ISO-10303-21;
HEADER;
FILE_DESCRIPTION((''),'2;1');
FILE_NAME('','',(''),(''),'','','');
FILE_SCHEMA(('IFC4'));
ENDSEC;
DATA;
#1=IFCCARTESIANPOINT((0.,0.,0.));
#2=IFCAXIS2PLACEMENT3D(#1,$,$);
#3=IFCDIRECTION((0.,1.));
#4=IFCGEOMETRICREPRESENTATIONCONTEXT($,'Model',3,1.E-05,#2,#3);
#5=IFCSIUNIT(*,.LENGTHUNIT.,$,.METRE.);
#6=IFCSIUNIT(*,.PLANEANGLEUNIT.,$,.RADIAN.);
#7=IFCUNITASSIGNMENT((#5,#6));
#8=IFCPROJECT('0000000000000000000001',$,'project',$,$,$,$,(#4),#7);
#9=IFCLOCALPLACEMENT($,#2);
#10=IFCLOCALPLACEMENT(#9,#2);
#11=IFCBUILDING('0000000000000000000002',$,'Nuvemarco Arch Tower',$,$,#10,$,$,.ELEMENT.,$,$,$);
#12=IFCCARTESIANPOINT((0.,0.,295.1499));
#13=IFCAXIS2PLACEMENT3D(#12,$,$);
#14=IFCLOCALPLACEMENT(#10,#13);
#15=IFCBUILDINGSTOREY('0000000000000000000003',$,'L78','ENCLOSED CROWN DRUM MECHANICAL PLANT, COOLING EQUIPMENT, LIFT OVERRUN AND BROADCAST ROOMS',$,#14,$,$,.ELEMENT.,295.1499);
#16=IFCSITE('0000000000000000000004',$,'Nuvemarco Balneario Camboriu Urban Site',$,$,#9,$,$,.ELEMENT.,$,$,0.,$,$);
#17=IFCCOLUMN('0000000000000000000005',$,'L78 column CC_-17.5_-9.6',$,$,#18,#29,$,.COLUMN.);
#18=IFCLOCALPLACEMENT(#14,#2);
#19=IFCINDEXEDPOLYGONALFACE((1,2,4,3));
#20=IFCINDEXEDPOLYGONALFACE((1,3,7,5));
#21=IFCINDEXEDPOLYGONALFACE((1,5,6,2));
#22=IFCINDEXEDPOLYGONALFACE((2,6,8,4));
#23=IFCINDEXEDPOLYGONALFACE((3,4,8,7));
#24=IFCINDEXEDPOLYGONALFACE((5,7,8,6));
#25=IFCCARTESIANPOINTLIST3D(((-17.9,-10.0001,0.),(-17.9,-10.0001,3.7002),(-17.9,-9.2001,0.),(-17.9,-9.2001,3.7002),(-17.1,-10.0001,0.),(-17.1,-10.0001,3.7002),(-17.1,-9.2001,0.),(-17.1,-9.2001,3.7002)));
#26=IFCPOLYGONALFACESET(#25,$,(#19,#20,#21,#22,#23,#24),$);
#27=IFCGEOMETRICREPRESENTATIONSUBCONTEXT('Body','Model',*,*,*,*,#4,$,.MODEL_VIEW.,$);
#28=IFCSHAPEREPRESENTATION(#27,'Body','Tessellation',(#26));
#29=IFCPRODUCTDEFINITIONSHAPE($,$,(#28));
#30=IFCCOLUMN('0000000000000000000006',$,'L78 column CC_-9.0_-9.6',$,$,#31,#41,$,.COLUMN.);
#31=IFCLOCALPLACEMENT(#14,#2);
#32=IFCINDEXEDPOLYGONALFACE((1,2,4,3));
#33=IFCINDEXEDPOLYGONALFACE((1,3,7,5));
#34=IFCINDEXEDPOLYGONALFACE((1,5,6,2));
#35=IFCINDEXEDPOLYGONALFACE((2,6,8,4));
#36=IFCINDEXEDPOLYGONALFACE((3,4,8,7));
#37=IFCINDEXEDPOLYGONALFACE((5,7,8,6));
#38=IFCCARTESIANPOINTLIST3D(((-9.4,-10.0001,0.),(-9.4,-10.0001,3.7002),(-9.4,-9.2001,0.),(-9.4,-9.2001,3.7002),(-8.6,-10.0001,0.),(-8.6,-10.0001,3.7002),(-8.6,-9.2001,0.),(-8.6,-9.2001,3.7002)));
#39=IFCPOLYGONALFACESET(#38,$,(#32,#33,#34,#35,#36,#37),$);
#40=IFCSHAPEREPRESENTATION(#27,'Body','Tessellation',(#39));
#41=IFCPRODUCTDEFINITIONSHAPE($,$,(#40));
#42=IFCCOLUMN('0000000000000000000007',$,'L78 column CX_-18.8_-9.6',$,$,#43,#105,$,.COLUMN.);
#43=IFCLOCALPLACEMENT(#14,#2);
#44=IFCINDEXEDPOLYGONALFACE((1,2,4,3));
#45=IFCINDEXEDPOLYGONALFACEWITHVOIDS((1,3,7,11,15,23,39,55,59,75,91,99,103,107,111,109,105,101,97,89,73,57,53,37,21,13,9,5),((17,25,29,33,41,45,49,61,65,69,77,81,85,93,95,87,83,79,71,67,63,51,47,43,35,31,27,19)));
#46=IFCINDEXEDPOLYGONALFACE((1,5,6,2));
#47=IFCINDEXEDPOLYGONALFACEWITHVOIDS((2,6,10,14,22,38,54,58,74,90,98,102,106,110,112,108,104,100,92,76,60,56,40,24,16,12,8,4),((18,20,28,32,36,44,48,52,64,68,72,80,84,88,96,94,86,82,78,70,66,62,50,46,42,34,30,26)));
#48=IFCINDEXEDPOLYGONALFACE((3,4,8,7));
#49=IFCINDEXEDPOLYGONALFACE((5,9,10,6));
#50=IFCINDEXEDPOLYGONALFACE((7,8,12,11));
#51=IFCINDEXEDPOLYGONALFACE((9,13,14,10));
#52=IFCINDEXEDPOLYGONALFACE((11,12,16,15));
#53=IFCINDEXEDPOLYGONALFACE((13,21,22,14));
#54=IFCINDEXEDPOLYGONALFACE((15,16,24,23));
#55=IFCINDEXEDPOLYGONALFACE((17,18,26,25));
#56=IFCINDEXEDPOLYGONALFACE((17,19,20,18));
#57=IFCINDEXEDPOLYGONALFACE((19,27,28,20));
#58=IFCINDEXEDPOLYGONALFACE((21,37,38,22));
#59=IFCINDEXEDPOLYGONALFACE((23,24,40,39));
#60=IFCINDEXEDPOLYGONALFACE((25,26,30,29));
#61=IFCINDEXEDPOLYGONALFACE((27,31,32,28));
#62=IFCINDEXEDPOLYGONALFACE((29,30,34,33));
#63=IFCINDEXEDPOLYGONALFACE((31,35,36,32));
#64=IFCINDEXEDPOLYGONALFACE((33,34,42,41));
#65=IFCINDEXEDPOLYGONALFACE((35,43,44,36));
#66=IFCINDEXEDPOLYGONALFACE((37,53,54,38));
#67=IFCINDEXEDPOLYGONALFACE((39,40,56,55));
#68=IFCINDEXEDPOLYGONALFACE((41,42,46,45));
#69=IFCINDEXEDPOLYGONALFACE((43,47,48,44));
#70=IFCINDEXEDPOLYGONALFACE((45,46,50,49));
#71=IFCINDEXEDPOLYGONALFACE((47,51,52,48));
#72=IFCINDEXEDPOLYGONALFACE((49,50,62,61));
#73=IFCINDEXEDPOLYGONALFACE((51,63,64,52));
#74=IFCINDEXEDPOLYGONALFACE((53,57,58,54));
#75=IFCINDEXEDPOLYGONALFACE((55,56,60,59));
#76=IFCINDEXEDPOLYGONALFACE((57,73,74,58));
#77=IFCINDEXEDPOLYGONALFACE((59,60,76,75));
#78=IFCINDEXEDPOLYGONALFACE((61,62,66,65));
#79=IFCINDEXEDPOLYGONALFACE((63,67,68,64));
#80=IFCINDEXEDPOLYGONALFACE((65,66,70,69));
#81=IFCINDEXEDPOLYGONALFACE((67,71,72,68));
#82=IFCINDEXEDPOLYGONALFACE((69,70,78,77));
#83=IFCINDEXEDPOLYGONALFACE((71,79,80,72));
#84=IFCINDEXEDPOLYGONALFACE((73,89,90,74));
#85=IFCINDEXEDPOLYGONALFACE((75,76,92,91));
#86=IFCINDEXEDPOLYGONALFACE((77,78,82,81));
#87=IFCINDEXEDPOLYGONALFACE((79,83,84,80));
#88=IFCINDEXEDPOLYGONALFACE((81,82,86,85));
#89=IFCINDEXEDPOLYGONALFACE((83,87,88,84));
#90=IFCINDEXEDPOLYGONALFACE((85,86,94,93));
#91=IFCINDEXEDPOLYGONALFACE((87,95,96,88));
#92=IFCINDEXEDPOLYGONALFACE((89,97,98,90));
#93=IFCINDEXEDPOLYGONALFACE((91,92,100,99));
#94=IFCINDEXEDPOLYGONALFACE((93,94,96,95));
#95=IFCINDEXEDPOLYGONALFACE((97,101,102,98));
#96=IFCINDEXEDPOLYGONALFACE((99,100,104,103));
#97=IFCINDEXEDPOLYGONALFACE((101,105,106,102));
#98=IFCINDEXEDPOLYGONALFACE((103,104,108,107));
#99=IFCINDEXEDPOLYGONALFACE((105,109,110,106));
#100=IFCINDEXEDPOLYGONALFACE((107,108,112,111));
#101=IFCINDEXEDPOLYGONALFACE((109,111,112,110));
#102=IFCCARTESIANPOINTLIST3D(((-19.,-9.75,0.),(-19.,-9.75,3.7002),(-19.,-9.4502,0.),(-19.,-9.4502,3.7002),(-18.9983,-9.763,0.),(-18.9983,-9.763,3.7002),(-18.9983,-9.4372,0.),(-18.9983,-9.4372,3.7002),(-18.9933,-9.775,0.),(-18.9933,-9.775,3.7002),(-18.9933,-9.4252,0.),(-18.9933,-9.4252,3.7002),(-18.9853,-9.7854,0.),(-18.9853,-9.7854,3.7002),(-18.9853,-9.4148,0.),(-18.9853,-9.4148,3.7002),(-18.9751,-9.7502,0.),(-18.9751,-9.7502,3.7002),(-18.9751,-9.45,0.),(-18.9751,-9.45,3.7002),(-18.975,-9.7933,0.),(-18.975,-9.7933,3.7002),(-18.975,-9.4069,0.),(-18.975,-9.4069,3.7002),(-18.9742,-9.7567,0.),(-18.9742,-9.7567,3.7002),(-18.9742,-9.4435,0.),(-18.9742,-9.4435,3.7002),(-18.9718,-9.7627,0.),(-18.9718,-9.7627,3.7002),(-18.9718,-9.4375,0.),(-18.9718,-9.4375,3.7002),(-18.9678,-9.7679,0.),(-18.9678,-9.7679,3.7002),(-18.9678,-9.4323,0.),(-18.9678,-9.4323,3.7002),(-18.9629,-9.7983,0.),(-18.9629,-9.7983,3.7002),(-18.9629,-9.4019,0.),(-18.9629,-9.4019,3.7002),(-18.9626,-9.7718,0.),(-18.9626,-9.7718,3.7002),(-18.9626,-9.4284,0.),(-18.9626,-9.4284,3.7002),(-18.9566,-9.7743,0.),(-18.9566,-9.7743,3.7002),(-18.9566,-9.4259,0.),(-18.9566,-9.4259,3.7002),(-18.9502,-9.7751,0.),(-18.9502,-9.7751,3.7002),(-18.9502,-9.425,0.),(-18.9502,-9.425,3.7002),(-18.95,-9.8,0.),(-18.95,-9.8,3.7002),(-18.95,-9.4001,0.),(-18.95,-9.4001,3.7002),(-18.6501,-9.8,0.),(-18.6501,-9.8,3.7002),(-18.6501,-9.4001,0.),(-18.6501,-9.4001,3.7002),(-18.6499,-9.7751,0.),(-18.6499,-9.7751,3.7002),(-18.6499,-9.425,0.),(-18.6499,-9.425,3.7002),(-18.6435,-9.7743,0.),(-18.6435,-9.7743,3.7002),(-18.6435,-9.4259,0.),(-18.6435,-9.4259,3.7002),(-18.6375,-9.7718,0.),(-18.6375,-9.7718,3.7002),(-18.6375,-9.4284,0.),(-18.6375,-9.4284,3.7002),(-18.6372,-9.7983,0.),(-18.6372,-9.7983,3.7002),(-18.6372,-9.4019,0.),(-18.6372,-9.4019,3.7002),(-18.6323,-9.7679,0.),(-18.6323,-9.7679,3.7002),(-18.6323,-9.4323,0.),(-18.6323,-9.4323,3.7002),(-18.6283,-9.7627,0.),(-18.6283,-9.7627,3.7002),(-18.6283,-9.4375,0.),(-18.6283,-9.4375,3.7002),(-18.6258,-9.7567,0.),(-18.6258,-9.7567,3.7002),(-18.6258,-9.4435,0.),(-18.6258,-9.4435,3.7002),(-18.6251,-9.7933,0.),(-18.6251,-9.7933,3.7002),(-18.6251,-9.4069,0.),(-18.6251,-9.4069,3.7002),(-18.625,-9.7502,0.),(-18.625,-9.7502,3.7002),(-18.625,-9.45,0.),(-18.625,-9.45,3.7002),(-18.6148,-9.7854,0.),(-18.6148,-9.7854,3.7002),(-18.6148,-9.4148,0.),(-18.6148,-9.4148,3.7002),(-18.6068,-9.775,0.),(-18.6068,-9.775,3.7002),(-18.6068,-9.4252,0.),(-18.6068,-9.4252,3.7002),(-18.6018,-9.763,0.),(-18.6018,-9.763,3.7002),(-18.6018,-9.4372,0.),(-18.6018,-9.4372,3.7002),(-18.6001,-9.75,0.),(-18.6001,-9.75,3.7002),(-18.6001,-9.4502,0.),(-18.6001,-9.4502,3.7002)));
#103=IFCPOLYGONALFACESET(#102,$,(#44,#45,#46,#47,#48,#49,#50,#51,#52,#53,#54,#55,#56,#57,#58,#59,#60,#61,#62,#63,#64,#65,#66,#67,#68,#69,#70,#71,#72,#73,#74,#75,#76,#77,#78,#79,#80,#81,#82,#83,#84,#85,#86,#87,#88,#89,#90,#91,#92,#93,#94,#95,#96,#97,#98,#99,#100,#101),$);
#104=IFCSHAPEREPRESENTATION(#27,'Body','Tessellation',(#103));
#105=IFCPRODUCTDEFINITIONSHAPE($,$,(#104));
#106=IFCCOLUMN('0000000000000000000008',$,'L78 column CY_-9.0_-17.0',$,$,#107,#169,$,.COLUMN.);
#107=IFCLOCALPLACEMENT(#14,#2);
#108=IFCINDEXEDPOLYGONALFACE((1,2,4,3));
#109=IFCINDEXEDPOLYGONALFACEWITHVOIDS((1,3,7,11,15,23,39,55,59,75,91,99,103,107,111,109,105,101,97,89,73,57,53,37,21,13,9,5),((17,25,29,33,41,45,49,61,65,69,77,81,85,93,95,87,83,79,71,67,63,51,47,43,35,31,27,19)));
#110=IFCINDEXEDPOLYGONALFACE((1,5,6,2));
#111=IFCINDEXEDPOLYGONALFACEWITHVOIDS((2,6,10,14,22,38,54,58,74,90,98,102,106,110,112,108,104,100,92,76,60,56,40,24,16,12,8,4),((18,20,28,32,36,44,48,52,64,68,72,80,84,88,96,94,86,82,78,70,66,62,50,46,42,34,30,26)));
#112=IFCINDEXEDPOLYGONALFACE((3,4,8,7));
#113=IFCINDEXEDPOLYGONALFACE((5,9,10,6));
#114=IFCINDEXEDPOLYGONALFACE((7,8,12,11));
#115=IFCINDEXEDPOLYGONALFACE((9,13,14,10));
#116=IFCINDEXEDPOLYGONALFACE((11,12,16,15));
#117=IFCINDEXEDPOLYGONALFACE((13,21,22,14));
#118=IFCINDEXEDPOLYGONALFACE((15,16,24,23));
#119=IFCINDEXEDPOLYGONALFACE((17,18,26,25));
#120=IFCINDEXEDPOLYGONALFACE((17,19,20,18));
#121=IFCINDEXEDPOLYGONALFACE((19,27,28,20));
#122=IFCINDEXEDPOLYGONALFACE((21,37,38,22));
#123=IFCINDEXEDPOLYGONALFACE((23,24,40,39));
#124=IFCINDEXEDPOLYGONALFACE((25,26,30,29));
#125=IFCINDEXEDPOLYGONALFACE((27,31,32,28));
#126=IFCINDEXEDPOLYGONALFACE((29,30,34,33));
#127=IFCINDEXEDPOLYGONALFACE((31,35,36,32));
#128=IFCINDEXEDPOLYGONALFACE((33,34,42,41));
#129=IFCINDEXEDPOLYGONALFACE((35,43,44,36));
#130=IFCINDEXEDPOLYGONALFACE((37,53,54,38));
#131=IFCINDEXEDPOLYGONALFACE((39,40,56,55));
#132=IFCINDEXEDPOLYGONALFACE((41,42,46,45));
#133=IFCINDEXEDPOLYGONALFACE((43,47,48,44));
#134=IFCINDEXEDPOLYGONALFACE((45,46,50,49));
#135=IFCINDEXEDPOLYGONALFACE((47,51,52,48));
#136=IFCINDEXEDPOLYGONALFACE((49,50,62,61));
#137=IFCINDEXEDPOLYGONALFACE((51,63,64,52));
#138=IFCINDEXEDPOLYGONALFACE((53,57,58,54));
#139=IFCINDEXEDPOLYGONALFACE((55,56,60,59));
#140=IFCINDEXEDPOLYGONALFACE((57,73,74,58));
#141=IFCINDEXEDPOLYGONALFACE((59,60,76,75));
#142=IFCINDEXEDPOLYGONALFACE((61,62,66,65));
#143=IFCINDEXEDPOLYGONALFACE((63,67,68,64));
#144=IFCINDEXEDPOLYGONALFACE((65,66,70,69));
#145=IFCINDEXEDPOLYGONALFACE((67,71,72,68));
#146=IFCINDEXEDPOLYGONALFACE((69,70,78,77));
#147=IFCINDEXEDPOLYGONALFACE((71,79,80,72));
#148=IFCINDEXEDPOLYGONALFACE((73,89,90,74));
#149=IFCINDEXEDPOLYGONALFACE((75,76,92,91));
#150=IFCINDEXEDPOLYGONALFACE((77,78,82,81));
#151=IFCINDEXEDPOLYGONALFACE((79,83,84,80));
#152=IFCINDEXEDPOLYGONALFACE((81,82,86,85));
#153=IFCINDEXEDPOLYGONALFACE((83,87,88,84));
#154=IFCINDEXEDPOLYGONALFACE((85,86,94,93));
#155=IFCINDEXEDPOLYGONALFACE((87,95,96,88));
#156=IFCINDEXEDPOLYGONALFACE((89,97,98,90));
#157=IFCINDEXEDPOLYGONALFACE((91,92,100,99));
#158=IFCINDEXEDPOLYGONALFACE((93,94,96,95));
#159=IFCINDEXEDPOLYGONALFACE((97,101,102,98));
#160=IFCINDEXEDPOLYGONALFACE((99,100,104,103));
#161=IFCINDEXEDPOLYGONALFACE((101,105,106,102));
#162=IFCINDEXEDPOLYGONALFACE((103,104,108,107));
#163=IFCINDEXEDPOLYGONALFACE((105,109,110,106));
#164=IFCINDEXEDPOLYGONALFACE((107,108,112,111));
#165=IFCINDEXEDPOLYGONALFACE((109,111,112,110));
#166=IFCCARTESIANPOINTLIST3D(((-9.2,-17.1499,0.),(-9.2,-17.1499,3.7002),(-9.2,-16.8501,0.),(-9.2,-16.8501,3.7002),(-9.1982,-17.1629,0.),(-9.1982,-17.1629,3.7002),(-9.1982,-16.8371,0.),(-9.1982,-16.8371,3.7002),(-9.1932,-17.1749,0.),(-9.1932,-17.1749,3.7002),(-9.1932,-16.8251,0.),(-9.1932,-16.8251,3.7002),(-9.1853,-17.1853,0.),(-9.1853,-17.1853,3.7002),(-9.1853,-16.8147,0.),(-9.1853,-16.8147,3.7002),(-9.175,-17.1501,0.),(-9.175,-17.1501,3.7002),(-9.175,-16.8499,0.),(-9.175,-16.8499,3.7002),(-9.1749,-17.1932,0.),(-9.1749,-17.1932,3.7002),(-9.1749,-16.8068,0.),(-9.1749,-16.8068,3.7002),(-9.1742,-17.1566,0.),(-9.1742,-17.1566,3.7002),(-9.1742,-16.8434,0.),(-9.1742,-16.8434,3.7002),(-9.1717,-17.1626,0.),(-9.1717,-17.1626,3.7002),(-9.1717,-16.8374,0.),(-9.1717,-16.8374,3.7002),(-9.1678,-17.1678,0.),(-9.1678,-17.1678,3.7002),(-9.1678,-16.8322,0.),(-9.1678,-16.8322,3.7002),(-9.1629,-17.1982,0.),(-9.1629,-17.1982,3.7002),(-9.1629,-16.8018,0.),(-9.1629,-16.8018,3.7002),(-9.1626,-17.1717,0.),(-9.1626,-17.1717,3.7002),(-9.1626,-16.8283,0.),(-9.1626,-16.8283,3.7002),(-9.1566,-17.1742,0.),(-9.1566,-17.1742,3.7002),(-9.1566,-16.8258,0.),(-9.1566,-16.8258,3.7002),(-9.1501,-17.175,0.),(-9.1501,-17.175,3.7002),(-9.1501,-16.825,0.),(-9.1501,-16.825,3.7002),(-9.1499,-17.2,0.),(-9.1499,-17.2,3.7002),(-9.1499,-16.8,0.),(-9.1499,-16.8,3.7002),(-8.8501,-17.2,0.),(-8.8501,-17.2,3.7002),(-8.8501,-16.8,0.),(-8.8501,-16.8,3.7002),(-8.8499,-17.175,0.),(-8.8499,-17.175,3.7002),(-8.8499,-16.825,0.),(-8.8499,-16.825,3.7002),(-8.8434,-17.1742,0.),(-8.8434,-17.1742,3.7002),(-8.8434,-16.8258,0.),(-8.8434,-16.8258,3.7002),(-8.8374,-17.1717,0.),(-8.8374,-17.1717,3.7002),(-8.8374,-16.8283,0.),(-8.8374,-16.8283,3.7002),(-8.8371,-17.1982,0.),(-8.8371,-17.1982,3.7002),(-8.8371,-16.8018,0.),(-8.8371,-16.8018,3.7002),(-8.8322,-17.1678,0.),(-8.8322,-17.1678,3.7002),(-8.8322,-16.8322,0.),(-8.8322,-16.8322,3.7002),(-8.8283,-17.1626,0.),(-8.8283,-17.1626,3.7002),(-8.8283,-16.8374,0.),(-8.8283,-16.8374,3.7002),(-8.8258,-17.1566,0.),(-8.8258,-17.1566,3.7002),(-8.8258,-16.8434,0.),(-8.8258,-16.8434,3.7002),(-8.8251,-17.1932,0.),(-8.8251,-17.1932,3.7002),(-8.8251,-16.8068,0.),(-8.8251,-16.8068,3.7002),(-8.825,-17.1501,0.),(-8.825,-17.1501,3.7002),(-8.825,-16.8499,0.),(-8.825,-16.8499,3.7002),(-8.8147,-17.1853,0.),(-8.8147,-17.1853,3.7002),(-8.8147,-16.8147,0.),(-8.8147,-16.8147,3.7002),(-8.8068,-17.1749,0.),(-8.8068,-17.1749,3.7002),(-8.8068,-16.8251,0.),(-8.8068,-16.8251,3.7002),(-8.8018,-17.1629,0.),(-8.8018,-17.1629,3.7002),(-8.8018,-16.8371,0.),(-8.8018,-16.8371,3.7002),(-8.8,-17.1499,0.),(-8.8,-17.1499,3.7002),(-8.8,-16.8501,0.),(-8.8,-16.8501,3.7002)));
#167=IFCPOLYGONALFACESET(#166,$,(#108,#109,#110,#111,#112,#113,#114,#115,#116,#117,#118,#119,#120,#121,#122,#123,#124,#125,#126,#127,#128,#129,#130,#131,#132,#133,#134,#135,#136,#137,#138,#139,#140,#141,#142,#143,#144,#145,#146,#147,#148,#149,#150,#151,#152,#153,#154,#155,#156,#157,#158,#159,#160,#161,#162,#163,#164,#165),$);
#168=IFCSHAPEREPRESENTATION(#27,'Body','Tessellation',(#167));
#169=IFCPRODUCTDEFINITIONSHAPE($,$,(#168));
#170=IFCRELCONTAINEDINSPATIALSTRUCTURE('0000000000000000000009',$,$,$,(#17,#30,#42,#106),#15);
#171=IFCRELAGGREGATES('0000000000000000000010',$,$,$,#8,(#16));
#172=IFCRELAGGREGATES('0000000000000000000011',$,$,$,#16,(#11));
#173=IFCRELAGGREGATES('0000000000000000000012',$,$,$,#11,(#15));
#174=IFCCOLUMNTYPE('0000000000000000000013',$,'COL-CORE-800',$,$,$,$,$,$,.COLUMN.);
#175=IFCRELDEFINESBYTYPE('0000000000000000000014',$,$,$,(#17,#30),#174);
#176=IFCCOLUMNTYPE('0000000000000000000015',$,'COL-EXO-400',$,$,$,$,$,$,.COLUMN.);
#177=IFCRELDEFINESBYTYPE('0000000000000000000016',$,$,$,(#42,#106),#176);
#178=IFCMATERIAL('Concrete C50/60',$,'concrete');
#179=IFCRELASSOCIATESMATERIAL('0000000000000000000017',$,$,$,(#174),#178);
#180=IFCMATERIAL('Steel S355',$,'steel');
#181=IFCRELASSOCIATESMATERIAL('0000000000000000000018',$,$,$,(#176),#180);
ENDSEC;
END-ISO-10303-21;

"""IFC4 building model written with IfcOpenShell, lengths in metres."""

from ifc_helpers import new_model, si_unit, direction, frame, origin, origin_2d, place, context, subcontext, project, spatial, rectangle, hollow_rectangle, extrude, material, material_profile, profile_set, type_object, element, save


model = new_model("IFC4")

# Units and contexts
model_context = context("Model", 3, precision=1e-05, world=origin(), true_north=direction((0.0, 1.0)))
body_context = subcontext(model_context, "Body", "Model", "MODEL_VIEW")
ifc_project = project(units=[si_unit("LENGTHUNIT", "METRE"), si_unit("PLANEANGLEUNIT", "RADIAN")], contexts=[model_context])

# Site, building, storey
site_placement = place(None, origin())
site = spatial("IfcSite", under=ifc_project, at=site_placement, Name="Nuvemarco Balneario Camboriu Urban Site", CompositionType="ELEMENT", RefElevation=0.0)
building_placement = place(site_placement, origin())
building = spatial("IfcBuilding", under=site, at=building_placement, Name="Nuvemarco Arch Tower", CompositionType="ELEMENT")
storey_placement = place(building_placement, frame((0.0, 0.0, 295.1499)))
storey = spatial("IfcBuildingStorey", under=building, at=storey_placement, Name="L78", Description="ENCLOSED CROWN DRUM MECHANICAL PLANT, COOLING EQUIPMENT, LIFT OVERRUN AND BROADCAST ROOMS", CompositionType="ELEMENT", Elevation=295.1499)

# Columns
ifc_material_1 = material(Name="Concrete C50/60", Category="concrete")
ifc_material_profile_1 = material_profile(ifc_material_1, rectangle(XDim=0.8, YDim=0.8, at=origin_2d()), Name="RC-COL-800x800")
ifc_profile_set_1 = profile_set([ifc_material_profile_1], Name="Concrete C50/60")
column_type_1 = type_object("IfcColumnType", Name="COL-CORE-800", PredefinedType="COLUMN", material=ifc_profile_set_1)
for number, where, z_axis, x_axis, name in (
    (1, (-17.5, -9.6001, 0.0), (0.0, 0.0, 1.0), (1.0, 0.0, 0.0), "L78 column CC_-17.5_-9.6"),
    (2, (-9.0, -9.6001, 0.0), (0.0, 0.0, 1.0), (1.0, 0.0, 0.0), "L78 column CC_-9.0_-9.6"),
):
    element("IfcColumn", number, at=place(storey_placement, frame(where, z_axis=z_axis, x_axis=x_axis)), inside=storey, type_object=column_type_1, Name=name, PredefinedType="COLUMN", context=body_context, shape_type="SweptSolid", body=[
        extrude(rectangle(XDim=0.8, YDim=0.8, at=origin_2d()), origin(), (0.0, 0.0, 1.0), 3.7002),
    ])
ifc_material_2 = material(Name="Steel S355", Category="steel")
ifc_material_profile_2 = material_profile(ifc_material_2, hollow_rectangle(XDim=0.3999, YDim=0.3999, WallThickness=0.0249, InnerFilletRadius=0.0249, OuterFilletRadius=0.05, at=origin_2d()), Name="SHS400x400x25")
ifc_profile_set_2 = profile_set([ifc_material_profile_2], Name="Steel S355")
column_type_2 = type_object("IfcColumnType", Name="COL-EXO-400", PredefinedType="COLUMN", material=ifc_profile_set_2)
for number, where, z_axis, x_axis, name in (
    (3, (-18.8, -9.6001, 0.0), (0.0, 0.0, 1.0), (1.0, 0.0, 0.0), "L78 column CX_-18.8_-9.6"),
    (4, (-9.0, -17.0, 0.0), (0.0, 0.0, 1.0), (1.0, 0.0, 0.0), "L78 column CY_-9.0_-17.0"),
):
    element("IfcColumn", number, at=place(storey_placement, frame(where, z_axis=z_axis, x_axis=x_axis)), inside=storey, type_object=column_type_2, Name=name, PredefinedType="COLUMN", context=body_context, shape_type="SweptSolid", body=[
        extrude(hollow_rectangle(XDim=0.3999, YDim=0.3999, WallThickness=0.0249, InnerFilletRadius=0.0249, OuterFilletRadius=0.05, at=origin_2d()), origin(), (0.0, 0.0, 1.0), 3.7002),
    ])

save(model, "model.ifc")
